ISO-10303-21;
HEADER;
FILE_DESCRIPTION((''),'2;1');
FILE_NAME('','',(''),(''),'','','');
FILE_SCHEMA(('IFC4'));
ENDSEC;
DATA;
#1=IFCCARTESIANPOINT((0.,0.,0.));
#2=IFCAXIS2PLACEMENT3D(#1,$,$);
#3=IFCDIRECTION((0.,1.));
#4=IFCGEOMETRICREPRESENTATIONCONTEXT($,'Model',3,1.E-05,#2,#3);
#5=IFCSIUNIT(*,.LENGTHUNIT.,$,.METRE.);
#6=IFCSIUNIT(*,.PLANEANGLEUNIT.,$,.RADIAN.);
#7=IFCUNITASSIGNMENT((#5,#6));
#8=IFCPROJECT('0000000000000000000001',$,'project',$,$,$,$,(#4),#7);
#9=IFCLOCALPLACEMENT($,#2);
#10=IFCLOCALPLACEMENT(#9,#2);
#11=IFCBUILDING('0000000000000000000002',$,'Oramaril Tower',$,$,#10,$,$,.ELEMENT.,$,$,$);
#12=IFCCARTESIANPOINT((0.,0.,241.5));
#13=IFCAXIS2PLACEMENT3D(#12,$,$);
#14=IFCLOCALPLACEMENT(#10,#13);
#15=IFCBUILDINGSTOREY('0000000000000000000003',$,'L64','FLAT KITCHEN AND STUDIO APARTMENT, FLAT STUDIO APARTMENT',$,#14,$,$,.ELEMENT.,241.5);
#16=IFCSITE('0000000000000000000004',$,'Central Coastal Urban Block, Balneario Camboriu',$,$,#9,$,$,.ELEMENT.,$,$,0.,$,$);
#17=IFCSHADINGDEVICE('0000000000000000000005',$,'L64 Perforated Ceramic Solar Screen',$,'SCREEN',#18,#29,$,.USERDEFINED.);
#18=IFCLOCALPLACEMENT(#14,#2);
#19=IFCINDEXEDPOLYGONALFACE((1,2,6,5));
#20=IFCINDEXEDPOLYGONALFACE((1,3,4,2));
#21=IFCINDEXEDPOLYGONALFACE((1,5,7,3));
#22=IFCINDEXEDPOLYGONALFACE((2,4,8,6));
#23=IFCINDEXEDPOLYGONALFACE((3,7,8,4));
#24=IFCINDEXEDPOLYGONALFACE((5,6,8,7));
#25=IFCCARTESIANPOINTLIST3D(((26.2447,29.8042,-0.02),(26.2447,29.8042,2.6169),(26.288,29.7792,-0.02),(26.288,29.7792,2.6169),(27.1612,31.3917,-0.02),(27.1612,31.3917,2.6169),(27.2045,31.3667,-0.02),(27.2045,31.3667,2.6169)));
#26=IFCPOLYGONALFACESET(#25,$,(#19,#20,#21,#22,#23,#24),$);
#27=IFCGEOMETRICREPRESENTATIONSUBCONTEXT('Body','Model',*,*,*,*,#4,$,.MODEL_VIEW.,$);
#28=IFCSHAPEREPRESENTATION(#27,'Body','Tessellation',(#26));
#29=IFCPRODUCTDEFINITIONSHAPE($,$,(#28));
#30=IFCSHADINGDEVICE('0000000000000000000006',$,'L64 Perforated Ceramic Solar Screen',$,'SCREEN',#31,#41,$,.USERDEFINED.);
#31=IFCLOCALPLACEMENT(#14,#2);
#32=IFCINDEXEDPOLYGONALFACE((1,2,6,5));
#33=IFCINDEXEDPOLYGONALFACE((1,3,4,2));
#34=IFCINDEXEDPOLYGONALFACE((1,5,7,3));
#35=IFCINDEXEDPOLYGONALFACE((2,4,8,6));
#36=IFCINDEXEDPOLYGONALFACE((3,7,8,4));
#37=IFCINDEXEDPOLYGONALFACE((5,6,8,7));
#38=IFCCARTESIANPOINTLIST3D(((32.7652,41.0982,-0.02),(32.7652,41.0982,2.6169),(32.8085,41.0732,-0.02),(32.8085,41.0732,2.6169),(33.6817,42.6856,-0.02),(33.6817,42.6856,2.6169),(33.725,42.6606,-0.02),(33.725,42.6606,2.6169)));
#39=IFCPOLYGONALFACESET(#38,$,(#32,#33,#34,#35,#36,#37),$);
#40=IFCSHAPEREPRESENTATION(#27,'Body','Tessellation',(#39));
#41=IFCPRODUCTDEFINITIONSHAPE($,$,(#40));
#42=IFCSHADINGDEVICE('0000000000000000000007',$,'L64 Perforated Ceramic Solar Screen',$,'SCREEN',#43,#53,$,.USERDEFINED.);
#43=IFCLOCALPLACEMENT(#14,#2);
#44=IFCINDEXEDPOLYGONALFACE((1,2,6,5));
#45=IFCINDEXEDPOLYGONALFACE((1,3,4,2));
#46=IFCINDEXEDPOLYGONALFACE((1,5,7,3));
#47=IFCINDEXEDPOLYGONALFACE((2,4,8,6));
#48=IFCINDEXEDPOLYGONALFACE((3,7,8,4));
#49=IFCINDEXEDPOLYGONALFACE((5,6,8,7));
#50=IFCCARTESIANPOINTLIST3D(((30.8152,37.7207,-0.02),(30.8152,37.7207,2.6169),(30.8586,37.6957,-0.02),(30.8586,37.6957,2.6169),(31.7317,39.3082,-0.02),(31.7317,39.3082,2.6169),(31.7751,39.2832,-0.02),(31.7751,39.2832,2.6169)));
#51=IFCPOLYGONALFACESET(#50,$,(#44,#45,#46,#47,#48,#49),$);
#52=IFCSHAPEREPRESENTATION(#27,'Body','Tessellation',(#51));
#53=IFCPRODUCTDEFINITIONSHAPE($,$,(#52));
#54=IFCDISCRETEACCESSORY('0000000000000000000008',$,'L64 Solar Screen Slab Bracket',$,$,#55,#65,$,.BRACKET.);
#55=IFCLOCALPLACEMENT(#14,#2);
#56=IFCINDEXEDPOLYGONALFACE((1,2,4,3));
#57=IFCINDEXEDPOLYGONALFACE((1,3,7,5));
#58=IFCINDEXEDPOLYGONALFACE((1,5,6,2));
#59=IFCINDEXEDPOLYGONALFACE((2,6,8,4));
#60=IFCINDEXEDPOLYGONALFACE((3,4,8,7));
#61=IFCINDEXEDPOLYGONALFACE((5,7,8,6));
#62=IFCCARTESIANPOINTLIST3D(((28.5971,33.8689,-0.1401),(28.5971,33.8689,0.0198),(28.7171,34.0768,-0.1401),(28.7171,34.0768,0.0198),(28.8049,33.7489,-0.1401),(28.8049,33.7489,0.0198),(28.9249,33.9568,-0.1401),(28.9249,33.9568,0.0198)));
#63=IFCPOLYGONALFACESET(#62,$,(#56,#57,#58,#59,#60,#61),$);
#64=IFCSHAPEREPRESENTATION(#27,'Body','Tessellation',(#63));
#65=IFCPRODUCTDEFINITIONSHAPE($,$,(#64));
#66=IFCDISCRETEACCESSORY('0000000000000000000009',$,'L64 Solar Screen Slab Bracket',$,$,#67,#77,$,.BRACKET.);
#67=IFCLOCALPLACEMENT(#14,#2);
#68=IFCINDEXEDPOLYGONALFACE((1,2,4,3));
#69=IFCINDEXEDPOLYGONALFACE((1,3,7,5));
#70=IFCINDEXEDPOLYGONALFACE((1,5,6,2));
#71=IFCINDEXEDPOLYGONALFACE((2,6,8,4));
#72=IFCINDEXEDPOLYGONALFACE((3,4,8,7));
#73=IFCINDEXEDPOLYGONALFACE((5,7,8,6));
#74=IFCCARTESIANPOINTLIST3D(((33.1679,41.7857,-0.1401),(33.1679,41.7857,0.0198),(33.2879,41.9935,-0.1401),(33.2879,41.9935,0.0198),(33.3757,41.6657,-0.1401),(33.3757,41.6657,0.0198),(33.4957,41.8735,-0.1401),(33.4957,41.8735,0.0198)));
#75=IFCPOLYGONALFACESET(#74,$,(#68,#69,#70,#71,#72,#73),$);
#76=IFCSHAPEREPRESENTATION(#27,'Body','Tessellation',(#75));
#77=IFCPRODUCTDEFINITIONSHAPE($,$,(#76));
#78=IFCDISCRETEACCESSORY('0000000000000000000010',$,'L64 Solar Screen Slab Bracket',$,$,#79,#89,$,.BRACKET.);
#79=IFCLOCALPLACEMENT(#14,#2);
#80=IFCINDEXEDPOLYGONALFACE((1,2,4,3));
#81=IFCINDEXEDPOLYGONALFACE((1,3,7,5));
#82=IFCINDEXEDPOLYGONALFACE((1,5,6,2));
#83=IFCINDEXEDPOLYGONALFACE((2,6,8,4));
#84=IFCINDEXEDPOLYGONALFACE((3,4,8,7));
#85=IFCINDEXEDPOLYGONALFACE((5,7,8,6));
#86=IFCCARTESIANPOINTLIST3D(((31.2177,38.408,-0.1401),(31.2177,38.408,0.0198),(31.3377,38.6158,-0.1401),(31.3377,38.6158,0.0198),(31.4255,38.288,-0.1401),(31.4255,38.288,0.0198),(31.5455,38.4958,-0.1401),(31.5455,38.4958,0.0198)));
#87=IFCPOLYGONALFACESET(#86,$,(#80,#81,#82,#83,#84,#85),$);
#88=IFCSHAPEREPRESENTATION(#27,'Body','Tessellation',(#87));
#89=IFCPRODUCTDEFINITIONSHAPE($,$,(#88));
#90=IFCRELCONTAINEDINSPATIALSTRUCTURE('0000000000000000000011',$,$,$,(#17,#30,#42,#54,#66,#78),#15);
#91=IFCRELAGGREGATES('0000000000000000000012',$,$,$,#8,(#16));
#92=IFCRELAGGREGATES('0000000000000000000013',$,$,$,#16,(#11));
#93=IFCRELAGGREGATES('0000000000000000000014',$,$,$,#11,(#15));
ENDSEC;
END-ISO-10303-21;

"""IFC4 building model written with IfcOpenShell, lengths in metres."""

from ifc_helpers import new_model, si_unit, direction, frame, origin, origin_2d, place, context, subcontext, project, spatial, rectangle, extrude, element, save


model = new_model("IFC4")

# Units and contexts
model_context = context("Model", 3, precision=1e-05, world=origin(), true_north=direction((0.0, 1.0)))
body_context = subcontext(model_context, "Body", "Model", "MODEL_VIEW")
ifc_project = project(units=[si_unit("LENGTHUNIT", "METRE"), si_unit("PLANEANGLEUNIT", "RADIAN")], contexts=[model_context])

# Site, building, storey
site_placement = place(None, origin())
site = spatial("IfcSite", under=ifc_project, at=site_placement, Name="Central Coastal Urban Block, Balneario Camboriu", CompositionType="ELEMENT", RefElevation=0.0)
building_placement = place(site_placement, origin())
building = spatial("IfcBuilding", under=site, at=building_placement, Name="Oramaril Tower", CompositionType="ELEMENT")
storey_placement = place(building_placement, frame((0.0, 0.0, 241.5)))
storey = spatial("IfcBuildingStorey", under=building, at=storey_placement, Name="L64", Description="FLAT KITCHEN AND STUDIO APARTMENT, FLAT STUDIO APARTMENT", CompositionType="ELEMENT", Elevation=241.5)

# Shading devices
for number, where, z_axis, x_axis, name in (
    (1, (26.7246, 30.5854, -0.02), (0.0, 0.0, 1.0), (-0.499998, -0.866026, 0.0), "L64 Perforated Ceramic Solar Screen"),
    (2, (33.2451, 41.8794, -0.02), (0.0, 0.0, 1.0), (-0.499998, -0.866026, 0.0), "L64 Perforated Ceramic Solar Screen"),
    (3, (31.2952, 38.502, -0.02), (0.0, 0.0, 1.0), (-0.499998, -0.866026, 0.0), "L64 Perforated Ceramic Solar Screen"),
):
    element("IfcShadingDevice", number, at=place(storey_placement, frame(where, z_axis=z_axis, x_axis=x_axis)), inside=storey, Name=name, ObjectType="SCREEN", PredefinedType="USERDEFINED", context=body_context, shape_type="SweptSolid", body=[
        extrude(rectangle(XDim=1.833, YDim=0.05, at=origin_2d()), origin(), (0.0, 0.0, 1.0), 2.637),
    ])

# Discrete accessories
for number, where, z_axis, x_axis, name in (
    (4, (28.761, 33.9128, -0.1401), (0.0, 0.0, 1.0), (-0.499998, -0.866026, 0.0), "L64 Solar Screen Slab Bracket"),
    (5, (33.3318, 41.8296, -0.1401), (0.0, 0.0, 1.0), (-0.499998, -0.866026, 0.0), "L64 Solar Screen Slab Bracket"),
    (6, (31.3816, 38.4519, -0.1401), (0.0, 0.0, 1.0), (-0.499998, -0.866026, 0.0), "L64 Solar Screen Slab Bracket"),
):
    element("IfcDiscreteAccessory", number, at=place(storey_placement, frame(where, z_axis=z_axis, x_axis=x_axis)), inside=storey, Name=name, PredefinedType="BRACKET", context=body_context, shape_type="SweptSolid", body=[
        extrude(rectangle(XDim=0.24, YDim=0.24, at=origin_2d()), origin(), (0.0, 0.0, 1.0), 0.1599),
    ])

save(model, "model.ifc")
